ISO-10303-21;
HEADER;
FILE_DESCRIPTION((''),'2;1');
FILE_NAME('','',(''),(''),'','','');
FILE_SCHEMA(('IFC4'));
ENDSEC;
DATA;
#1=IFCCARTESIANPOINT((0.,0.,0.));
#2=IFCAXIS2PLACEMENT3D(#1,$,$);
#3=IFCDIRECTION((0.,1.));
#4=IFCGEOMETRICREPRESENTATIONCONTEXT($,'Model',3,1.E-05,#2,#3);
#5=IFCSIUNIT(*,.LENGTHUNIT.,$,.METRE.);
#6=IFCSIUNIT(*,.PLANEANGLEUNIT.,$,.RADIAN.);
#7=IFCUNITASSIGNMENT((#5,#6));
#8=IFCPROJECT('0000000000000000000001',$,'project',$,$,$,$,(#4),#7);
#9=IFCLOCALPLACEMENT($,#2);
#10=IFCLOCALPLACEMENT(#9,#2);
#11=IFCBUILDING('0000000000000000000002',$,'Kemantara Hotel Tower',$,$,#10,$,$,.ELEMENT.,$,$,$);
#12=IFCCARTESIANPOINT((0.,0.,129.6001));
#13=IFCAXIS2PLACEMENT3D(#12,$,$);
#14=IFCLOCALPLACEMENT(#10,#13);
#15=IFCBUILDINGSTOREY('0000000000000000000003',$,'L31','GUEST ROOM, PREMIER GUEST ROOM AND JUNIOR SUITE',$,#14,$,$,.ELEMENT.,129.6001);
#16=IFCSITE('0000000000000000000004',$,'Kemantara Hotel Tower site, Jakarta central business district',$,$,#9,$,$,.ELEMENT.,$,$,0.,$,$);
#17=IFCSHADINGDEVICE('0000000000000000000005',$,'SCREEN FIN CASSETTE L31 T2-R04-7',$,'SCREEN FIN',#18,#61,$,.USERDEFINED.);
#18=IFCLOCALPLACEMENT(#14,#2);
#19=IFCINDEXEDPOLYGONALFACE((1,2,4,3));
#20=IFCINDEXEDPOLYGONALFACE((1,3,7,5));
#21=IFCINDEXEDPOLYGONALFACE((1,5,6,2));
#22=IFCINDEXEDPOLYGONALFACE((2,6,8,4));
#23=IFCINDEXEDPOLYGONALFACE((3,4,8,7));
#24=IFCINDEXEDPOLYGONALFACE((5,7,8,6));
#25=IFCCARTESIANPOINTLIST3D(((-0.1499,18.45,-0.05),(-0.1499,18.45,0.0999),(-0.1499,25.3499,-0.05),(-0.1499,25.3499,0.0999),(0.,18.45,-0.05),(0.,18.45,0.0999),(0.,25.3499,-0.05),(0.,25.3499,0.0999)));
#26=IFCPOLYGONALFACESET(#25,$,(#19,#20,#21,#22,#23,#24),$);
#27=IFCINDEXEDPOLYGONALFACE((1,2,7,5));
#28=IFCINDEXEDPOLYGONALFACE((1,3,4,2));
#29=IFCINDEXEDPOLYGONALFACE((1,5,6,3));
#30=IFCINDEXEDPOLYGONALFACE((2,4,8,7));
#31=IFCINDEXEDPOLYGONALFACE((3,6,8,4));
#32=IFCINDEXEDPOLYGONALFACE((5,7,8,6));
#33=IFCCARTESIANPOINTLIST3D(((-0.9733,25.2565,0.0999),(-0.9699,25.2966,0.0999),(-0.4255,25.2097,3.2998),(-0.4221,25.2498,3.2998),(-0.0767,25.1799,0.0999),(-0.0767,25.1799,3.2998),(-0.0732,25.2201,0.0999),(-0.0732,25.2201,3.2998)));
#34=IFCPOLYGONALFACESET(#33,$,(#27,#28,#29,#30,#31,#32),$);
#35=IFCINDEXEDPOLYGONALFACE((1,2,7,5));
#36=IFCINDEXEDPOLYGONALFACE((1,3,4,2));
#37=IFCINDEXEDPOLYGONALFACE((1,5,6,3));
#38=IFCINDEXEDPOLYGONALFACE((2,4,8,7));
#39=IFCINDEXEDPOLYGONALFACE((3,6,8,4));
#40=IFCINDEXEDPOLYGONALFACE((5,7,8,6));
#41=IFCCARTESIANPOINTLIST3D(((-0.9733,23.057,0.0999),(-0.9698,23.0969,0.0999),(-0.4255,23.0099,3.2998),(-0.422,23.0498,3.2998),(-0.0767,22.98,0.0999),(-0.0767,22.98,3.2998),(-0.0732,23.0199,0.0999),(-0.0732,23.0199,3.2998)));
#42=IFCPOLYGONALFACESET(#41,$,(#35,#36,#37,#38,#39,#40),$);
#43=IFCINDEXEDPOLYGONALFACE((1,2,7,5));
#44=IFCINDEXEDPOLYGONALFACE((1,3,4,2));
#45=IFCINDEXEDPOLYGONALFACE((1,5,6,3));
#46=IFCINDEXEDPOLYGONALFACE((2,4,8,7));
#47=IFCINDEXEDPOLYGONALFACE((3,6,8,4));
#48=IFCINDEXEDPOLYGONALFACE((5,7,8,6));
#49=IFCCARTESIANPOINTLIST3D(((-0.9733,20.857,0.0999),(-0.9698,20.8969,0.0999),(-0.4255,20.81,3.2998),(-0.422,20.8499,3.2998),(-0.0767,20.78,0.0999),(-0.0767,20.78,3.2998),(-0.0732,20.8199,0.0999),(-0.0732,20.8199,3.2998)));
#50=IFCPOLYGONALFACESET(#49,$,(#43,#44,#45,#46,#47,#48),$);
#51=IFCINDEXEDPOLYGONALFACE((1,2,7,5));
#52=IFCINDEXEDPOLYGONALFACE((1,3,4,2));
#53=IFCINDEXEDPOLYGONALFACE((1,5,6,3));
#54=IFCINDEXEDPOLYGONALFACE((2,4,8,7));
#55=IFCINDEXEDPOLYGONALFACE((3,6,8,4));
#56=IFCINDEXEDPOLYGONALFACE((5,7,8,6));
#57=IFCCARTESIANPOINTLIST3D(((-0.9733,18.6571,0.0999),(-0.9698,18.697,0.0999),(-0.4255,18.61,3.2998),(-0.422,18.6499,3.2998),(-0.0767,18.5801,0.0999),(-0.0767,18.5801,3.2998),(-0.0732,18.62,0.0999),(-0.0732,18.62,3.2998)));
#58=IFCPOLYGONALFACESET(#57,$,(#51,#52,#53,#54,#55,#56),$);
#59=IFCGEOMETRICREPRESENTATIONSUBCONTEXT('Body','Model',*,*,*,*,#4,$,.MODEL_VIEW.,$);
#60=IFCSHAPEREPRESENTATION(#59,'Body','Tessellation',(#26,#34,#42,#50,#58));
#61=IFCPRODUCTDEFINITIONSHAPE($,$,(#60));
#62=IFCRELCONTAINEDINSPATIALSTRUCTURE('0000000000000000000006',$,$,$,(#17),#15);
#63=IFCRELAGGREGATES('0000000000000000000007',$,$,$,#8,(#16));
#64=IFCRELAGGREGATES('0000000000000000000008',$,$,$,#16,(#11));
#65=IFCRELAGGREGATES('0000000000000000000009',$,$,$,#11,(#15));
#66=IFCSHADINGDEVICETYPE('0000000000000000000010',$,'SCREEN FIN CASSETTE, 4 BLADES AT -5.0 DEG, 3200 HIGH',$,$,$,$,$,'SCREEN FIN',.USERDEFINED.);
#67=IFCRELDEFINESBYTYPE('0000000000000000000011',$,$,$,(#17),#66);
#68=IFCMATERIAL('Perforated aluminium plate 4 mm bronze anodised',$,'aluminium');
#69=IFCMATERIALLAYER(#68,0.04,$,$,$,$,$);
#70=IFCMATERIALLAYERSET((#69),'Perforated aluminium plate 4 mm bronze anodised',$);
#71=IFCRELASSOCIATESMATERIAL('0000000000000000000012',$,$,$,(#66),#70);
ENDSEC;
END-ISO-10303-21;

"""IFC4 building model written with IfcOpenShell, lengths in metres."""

from ifc_helpers import new_model, si_unit, direction, frame, origin, origin_2d, place, context, subcontext, project, spatial, polyline, rectangle, outline, extrude, source, transform, mapped, material, layer, layer_set, type_object, element, save


model = new_model("IFC4")

# Units and contexts
model_context = context("Model", 3, precision=1e-05, world=origin(), true_north=direction((0.0, 1.0)))
body_context = subcontext(model_context, "Body", "Model", "MODEL_VIEW")
ifc_project = project(units=[si_unit("LENGTHUNIT", "METRE"), si_unit("PLANEANGLEUNIT", "RADIAN")], contexts=[model_context])

# Site, building, storey
site_placement = place(None, origin())
site = spatial("IfcSite", under=ifc_project, at=site_placement, Name="Kemantara Hotel Tower site, Jakarta central business district", CompositionType="ELEMENT", RefElevation=0.0)
building_placement = place(site_placement, origin())
building = spatial("IfcBuilding", under=site, at=building_placement, Name="Kemantara Hotel Tower", CompositionType="ELEMENT")
storey_placement = place(building_placement, frame((0.0, 0.0, 129.6001)))
storey = spatial("IfcBuildingStorey", under=building, at=storey_placement, Name="L31", Description="GUEST ROOM, PREMIER GUEST ROOM AND JUNIOR SUITE", CompositionType="ELEMENT", Elevation=129.6001)

# Shading device
ifc_material_1 = material(Name="Perforated aluminium plate 4 mm bronze anodised", Category="aluminium")
ifc_layer_1 = layer(ifc_material_1, 0.04)
ifc_layer_set_1 = layer_set([ifc_layer_1], Name="Perforated aluminium plate 4 mm bronze anodised")
shading_device_type_1 = type_object("IfcShadingDeviceType", Name="SCREEN FIN CASSETTE, 4 BLADES AT -5.0 DEG, 3200 HIGH", ElementType="SCREEN FIN", PredefinedType="USERDEFINED", material=ifc_layer_set_1)
shared_shape_1 = source(origin(), body_context, "Body", "SweptSolid", [
    extrude(rectangle(XDim=6.8999, YDim=0.1499, at=origin_2d()), frame((3.3, -0.075, -0.1499), z_axis=(0.0, 0.0, 1.0), x_axis=(1.0, 0.0, 0.0)), (0.0, 0.0, 1.0), 0.1499),
    extrude(outline(polyline([(0.0, 0.0), (0.8999, 0.0), (0.3501, 3.2), (0.0, 3.2), (0.0, 0.0)])), frame((0.02, -0.0767, 0.0), z_axis=(-0.996376, 0.085056, 0.0), x_axis=(-0.085056, -0.996376, 0.0)), (0.0, 0.0, 1.0), 0.0403),
    extrude(outline(polyline([(0.0, 0.0), (0.8999, 0.0), (0.3501, 3.2), (0.0, 3.2), (0.0, 0.0)])), frame((2.22, -0.0767, 0.0), z_axis=(-0.996332, 0.085575, 0.0), x_axis=(-0.085575, -0.996332, 0.0)), (0.0, 0.0, 1.0), 0.04),
    extrude(outline(polyline([(0.0, 0.0), (0.8999, 0.0), (0.3501, 3.2), (0.0, 3.2), (0.0, 0.0)])), frame((4.4199, -0.0767, 0.0), z_axis=(-0.996332, 0.085575, 0.0), x_axis=(-0.085575, -0.996332, 0.0)), (0.0, 0.0, 1.0), 0.04),
    extrude(outline(polyline([(0.0, 0.0), (0.8999, 0.0), (0.3501, 3.2), (0.0, 3.2), (0.0, 0.0)])), frame((6.6199, -0.0767, 0.0), z_axis=(-0.996332, 0.085575, 0.0), x_axis=(-0.085575, -0.996332, 0.0)), (0.0, 0.0, 1.0), 0.04),
])
shading_device_1_placement = place(storey_placement, frame((0.0, 25.2, 0.0999), z_axis=(0.0, 0.0, 1.0), x_axis=(0.0, -1.0, 0.0)))
element("IfcShadingDevice", 1, at=shading_device_1_placement, inside=storey, type_object=shading_device_type_1, Name="SCREEN FIN CASSETTE L31 T2-R04-7", ObjectType="SCREEN FIN", PredefinedType="USERDEFINED", context=body_context, shape_type="MappedRepresentation", body=[
    mapped(shared_shape_1, transform((0.0, 0.0, 0.0))),
])

save(model, "model.ifc")
